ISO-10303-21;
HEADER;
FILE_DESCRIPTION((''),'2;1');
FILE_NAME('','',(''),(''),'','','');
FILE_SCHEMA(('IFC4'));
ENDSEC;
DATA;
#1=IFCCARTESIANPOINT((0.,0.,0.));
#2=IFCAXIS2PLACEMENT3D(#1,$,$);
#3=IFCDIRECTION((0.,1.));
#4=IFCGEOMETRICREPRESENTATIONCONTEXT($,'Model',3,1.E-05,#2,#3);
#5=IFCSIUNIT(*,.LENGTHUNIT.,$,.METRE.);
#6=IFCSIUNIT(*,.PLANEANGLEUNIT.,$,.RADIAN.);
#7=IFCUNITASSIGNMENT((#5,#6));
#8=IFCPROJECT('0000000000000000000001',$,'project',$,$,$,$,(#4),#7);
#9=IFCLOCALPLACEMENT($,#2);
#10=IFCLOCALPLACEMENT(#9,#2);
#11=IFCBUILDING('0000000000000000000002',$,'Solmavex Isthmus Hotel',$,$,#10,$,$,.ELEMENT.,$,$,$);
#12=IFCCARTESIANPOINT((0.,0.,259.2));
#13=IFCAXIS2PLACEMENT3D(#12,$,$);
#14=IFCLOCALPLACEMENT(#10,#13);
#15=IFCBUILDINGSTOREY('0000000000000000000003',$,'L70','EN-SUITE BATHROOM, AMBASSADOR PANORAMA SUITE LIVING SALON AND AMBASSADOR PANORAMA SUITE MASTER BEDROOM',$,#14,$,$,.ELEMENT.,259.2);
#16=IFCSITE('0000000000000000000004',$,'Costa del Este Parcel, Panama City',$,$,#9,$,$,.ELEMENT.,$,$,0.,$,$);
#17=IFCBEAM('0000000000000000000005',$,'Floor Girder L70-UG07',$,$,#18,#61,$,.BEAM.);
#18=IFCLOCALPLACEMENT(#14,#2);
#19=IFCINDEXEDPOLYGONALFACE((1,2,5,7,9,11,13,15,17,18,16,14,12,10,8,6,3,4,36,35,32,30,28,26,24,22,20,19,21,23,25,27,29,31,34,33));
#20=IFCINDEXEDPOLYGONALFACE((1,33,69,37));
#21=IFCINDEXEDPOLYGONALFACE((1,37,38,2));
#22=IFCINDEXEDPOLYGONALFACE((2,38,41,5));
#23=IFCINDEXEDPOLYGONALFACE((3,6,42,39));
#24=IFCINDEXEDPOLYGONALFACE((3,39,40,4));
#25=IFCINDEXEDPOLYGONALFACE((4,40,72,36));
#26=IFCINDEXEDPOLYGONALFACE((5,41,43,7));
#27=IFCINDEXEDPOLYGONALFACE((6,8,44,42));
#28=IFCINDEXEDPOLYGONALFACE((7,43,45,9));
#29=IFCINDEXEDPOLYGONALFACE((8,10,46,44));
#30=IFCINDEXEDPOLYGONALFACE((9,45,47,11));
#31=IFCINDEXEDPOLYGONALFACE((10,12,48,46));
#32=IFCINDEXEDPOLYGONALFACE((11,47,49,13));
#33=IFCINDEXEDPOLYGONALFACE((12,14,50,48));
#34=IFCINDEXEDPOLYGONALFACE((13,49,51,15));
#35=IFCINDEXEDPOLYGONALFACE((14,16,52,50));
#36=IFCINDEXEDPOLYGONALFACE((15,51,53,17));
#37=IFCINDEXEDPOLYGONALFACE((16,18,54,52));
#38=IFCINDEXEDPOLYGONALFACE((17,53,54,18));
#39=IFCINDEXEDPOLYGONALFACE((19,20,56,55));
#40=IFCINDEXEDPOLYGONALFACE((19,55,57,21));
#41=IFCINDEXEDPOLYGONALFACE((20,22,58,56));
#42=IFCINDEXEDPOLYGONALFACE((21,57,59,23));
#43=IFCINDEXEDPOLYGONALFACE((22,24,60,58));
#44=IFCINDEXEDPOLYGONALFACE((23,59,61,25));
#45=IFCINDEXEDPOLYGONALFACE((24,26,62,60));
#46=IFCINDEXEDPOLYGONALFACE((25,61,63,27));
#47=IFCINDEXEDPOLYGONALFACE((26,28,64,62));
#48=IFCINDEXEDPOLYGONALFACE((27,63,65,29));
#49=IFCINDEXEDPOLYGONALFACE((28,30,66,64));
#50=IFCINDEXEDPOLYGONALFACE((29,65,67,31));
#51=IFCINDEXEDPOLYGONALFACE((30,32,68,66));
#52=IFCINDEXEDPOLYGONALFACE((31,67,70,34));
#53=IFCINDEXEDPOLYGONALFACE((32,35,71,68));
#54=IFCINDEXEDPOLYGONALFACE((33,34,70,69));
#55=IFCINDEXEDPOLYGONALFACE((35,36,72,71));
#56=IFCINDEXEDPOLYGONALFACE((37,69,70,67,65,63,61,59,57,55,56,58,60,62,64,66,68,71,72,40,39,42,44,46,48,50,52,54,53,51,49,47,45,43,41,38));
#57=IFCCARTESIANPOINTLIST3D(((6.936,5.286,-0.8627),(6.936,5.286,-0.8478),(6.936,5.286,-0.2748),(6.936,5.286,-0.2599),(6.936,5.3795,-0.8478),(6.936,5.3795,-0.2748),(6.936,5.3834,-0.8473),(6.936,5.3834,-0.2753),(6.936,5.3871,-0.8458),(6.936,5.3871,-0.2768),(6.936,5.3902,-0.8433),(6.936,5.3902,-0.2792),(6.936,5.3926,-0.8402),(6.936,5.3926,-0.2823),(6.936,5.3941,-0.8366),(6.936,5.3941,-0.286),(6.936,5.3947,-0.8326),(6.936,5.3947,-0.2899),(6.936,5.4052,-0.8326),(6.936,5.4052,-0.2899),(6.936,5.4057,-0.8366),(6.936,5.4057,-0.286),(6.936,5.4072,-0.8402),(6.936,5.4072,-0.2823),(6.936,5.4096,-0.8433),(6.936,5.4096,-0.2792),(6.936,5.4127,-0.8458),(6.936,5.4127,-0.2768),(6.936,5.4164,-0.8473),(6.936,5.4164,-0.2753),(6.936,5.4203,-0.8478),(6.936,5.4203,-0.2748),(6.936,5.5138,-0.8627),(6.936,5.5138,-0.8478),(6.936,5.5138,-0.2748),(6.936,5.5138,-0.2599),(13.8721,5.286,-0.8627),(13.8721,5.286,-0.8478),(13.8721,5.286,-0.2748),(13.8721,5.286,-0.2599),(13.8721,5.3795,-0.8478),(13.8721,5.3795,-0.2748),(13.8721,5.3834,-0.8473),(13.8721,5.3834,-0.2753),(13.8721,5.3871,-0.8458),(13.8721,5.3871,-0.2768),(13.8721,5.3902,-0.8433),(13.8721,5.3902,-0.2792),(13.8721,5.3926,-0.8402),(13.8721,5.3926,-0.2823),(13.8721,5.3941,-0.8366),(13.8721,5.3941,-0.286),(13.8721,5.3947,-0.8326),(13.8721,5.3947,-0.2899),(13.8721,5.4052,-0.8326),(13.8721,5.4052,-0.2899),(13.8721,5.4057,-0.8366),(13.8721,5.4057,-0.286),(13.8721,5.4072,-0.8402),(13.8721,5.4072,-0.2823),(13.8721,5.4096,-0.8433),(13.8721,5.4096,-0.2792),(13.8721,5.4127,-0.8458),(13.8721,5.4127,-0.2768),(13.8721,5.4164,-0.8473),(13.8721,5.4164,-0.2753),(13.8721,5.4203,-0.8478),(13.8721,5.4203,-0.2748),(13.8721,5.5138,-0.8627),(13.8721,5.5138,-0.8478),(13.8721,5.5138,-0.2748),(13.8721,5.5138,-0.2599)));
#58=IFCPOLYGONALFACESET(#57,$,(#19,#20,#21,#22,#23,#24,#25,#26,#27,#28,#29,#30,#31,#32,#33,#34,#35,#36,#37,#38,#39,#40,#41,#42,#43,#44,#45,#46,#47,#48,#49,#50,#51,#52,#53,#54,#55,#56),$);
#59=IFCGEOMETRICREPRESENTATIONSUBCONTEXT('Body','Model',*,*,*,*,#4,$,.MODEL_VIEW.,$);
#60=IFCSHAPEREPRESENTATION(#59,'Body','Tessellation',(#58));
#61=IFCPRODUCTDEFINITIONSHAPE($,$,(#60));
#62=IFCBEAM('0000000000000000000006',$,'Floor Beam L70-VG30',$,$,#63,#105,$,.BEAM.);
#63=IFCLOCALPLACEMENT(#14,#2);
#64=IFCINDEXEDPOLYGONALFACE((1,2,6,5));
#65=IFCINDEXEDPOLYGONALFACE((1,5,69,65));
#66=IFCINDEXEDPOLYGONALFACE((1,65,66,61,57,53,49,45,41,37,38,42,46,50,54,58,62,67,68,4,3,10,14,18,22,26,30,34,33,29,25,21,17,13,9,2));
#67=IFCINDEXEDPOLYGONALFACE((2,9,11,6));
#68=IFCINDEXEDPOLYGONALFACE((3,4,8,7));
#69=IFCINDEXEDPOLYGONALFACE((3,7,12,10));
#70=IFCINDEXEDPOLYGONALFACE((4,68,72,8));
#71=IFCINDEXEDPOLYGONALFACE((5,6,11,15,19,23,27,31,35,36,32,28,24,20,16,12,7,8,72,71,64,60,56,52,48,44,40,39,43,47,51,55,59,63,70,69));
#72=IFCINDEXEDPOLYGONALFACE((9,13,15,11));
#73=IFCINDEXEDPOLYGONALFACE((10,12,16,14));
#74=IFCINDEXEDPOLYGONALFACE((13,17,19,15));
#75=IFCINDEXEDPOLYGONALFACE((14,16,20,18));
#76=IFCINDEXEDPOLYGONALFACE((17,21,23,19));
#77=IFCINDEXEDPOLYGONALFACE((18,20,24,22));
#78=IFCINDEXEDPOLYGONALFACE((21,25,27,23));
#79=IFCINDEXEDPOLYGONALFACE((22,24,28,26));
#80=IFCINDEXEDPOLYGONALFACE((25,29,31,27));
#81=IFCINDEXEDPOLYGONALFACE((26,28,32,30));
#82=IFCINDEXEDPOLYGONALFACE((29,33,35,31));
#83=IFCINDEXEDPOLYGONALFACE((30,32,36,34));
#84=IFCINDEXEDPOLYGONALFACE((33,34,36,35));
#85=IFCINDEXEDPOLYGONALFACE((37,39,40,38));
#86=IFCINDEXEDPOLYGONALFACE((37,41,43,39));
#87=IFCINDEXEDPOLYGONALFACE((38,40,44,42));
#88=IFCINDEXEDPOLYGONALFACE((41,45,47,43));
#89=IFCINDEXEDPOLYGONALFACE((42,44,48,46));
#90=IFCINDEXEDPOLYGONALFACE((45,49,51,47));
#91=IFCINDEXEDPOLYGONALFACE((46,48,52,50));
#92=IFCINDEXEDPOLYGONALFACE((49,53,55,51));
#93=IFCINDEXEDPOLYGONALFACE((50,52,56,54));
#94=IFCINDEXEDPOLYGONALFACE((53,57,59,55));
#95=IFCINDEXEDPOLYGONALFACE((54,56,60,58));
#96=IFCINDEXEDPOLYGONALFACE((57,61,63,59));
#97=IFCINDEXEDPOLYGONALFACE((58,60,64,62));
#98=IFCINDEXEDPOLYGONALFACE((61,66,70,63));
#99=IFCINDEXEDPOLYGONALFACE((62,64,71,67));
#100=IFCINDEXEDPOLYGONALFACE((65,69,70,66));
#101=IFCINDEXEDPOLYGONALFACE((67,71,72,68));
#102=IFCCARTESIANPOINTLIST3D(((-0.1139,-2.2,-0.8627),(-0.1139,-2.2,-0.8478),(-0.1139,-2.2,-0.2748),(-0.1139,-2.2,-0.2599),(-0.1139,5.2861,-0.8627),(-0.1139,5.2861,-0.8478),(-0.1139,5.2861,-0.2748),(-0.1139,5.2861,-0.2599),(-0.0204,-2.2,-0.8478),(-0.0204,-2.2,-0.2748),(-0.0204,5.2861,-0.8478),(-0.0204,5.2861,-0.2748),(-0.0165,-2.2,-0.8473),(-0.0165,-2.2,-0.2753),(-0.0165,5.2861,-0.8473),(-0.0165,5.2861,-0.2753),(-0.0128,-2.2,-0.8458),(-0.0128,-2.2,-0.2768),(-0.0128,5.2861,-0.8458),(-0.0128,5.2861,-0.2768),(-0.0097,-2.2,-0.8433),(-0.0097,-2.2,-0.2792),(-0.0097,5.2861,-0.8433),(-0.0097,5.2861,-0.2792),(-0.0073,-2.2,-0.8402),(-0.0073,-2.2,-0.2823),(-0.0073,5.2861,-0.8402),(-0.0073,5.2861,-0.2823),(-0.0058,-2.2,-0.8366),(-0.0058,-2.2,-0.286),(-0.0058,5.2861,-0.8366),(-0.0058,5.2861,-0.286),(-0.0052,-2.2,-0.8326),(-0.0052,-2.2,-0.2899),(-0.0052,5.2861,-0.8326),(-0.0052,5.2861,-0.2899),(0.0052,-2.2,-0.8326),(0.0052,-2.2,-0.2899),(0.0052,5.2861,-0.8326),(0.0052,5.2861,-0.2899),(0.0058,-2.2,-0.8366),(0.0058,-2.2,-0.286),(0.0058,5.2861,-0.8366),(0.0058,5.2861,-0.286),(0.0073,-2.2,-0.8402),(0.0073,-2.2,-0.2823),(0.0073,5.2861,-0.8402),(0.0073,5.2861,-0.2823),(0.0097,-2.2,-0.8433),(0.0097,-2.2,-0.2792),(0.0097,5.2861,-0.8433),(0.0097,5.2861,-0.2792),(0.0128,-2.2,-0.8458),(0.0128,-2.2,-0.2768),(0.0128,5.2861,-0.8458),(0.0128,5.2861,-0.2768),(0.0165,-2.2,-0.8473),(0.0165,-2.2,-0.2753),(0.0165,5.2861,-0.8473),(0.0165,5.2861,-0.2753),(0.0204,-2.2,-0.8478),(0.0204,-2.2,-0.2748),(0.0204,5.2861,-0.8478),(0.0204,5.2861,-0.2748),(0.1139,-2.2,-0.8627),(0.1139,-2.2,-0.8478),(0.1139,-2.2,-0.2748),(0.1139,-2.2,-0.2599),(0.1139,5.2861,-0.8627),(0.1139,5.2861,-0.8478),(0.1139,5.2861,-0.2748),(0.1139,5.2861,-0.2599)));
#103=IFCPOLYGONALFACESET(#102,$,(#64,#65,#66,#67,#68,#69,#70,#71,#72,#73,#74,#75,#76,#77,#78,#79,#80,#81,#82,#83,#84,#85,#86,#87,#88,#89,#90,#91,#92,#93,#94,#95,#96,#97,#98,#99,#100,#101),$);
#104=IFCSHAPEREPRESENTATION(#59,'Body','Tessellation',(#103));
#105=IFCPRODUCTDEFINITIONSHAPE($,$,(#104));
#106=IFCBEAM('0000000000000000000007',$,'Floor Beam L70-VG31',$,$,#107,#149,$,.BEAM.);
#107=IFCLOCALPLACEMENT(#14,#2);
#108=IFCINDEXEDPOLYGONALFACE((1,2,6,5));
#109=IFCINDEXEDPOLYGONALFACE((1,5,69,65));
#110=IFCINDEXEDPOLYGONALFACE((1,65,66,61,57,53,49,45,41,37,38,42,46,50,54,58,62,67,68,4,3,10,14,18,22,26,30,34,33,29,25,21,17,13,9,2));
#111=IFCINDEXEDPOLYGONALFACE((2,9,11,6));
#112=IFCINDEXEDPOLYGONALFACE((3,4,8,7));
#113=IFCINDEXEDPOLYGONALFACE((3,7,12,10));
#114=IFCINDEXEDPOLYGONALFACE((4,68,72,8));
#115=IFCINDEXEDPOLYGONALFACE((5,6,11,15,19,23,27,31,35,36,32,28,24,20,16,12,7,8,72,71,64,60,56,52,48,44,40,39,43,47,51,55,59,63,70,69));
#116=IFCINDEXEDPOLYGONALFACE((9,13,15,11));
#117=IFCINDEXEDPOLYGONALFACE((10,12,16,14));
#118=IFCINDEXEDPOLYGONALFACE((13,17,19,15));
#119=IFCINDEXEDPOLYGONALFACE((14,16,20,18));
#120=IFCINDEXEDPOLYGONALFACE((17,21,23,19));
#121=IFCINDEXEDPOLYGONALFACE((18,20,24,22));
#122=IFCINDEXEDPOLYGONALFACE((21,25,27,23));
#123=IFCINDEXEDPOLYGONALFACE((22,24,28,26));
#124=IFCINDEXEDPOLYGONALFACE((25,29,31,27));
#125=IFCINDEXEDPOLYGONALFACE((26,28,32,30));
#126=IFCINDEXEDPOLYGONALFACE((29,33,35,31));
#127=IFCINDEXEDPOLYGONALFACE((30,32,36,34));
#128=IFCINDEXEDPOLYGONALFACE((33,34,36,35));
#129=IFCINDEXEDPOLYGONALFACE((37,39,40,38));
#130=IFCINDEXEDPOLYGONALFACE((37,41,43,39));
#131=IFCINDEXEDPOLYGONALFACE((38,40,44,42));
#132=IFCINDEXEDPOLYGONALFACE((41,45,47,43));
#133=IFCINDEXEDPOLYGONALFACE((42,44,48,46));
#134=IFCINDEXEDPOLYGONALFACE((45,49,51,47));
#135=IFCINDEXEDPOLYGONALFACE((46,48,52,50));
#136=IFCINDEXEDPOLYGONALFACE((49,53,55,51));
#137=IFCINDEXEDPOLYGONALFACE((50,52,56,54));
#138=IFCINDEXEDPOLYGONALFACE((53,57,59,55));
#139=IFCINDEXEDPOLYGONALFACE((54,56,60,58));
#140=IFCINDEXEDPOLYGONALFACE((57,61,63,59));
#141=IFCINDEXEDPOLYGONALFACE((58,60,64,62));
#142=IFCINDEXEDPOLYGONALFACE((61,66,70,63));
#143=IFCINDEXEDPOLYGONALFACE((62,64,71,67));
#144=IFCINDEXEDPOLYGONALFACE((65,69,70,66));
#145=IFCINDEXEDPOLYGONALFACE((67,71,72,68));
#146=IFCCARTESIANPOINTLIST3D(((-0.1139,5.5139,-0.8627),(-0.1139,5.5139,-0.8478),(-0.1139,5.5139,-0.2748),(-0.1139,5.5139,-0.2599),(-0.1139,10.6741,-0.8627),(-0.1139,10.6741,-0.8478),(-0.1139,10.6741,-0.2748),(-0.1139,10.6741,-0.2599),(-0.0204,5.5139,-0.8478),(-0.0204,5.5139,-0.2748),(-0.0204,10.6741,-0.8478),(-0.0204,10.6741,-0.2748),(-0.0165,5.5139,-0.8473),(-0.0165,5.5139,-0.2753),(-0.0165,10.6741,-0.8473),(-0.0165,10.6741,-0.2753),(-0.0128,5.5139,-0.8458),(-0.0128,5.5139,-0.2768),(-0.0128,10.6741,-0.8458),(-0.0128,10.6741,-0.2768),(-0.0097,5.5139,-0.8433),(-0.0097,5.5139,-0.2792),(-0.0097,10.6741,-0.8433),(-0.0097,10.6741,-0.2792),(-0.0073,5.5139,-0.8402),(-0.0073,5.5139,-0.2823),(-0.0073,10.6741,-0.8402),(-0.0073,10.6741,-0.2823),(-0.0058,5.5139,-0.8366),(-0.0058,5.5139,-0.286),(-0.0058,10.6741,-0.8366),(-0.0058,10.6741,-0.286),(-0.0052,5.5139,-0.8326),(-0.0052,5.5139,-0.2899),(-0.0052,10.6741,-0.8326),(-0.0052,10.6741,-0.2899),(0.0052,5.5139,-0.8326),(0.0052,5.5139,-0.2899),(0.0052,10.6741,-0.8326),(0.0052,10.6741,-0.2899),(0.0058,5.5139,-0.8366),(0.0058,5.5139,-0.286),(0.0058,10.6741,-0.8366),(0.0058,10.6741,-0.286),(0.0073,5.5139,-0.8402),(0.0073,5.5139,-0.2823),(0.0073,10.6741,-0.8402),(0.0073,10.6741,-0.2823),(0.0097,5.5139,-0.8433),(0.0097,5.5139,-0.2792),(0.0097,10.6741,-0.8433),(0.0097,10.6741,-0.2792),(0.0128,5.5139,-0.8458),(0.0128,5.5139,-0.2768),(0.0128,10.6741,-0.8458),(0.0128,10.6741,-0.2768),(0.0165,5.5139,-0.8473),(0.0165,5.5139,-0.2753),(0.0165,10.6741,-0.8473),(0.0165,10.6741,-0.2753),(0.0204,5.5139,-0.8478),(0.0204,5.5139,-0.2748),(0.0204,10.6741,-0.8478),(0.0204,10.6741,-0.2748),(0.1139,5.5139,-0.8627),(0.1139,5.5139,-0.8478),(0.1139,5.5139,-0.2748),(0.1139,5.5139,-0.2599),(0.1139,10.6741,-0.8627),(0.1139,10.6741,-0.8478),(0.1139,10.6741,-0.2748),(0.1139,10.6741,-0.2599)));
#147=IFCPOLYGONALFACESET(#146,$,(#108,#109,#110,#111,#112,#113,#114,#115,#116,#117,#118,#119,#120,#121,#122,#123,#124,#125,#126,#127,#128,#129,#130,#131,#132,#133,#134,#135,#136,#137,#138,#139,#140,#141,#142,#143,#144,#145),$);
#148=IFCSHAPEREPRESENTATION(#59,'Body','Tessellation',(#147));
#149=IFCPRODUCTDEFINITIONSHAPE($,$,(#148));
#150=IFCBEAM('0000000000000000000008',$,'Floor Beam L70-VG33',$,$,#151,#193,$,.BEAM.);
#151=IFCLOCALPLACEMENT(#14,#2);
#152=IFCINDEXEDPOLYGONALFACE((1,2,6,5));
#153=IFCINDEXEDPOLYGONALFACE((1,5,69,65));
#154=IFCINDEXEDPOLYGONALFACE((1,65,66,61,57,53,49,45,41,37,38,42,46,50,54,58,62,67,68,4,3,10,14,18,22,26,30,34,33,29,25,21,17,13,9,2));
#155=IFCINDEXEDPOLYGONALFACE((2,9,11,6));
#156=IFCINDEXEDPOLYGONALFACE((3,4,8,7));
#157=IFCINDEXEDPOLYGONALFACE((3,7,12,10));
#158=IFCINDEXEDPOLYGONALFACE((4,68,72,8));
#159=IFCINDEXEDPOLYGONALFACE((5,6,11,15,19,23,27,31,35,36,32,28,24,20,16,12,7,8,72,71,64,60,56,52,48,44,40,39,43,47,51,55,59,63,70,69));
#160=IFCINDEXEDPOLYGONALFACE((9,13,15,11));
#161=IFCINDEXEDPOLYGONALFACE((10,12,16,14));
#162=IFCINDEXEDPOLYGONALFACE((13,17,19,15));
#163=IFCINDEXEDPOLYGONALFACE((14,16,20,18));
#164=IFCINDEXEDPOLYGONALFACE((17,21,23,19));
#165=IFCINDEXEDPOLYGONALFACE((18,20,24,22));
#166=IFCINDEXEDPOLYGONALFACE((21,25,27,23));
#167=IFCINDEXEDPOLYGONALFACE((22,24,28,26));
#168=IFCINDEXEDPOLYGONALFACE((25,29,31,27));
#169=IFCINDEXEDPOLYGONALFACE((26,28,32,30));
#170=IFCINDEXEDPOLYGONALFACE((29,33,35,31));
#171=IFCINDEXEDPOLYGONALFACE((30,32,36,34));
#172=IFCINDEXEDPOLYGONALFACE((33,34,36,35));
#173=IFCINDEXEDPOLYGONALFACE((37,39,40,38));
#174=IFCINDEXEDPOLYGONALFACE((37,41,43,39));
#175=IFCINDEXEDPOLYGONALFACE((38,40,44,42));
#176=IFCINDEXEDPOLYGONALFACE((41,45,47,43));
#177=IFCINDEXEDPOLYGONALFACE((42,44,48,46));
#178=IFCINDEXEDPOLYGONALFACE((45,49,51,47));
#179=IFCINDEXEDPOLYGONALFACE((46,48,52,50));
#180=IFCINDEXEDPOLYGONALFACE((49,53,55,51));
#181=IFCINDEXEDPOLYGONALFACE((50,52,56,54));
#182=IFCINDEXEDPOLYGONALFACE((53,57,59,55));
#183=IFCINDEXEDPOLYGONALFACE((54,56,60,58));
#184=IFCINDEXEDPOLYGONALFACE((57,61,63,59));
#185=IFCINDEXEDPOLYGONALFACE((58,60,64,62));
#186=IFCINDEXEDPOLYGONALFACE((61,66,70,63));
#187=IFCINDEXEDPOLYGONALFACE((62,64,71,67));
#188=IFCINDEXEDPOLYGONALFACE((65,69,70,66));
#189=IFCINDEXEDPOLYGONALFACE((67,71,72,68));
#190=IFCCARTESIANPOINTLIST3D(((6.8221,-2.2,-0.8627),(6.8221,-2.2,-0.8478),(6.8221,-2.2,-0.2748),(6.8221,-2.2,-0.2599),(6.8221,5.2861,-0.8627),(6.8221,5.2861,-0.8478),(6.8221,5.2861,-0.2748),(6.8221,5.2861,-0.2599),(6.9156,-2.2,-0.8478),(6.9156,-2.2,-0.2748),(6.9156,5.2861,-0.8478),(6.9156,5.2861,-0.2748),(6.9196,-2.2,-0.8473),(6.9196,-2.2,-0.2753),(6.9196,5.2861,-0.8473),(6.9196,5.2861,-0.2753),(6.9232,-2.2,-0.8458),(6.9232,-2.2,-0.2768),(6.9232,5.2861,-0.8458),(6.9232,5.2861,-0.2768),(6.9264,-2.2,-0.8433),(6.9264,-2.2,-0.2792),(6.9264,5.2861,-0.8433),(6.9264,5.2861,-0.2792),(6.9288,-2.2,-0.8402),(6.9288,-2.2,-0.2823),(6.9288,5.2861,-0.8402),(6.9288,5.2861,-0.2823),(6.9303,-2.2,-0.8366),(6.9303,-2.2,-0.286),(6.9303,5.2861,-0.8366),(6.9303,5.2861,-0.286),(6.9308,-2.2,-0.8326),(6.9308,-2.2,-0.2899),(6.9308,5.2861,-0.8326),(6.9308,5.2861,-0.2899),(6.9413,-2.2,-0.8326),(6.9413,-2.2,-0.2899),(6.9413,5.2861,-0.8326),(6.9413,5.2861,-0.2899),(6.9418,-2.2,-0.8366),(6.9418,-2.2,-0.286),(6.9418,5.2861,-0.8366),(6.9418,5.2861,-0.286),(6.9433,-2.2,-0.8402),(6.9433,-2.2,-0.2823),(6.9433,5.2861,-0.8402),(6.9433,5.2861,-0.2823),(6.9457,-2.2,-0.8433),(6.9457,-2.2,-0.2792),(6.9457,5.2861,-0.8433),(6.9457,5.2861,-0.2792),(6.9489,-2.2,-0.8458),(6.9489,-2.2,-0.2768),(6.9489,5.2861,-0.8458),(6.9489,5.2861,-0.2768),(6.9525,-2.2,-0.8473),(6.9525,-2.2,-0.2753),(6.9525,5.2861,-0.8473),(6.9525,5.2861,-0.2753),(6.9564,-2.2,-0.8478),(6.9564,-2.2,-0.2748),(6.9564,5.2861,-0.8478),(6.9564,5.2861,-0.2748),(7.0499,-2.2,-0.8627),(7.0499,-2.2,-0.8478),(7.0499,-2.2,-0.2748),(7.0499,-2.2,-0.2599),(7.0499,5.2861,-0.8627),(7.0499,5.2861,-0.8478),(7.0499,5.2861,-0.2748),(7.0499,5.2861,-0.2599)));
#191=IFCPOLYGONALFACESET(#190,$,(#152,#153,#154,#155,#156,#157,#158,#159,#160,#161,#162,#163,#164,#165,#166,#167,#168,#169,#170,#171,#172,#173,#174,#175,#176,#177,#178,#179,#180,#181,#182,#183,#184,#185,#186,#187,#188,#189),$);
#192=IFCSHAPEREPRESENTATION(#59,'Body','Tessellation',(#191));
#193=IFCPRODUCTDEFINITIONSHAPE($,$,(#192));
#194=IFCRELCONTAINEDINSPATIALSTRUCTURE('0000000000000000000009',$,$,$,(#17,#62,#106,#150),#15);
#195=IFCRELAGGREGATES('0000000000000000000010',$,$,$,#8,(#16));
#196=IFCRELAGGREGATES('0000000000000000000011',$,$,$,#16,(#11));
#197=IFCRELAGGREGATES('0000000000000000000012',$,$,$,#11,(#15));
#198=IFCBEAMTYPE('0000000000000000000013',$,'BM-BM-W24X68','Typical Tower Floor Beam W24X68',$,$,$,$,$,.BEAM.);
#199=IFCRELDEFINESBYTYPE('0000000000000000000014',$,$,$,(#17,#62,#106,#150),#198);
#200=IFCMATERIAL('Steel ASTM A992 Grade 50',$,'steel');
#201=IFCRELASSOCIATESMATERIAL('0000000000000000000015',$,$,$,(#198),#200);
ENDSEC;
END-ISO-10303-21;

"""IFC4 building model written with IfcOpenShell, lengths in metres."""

from ifc_helpers import new_model, si_unit, direction, frame, origin, origin_2d, place, context, subcontext, project, spatial, i_section, extrude, material, material_profile, profile_set, type_object, element, save


model = new_model("IFC4")

# Units and contexts
model_context = context("Model", 3, precision=1e-05, world=origin(), true_north=direction((0.0, 1.0)))
body_context = subcontext(model_context, "Body", "Model", "MODEL_VIEW")
ifc_project = project(units=[si_unit("LENGTHUNIT", "METRE"), si_unit("PLANEANGLEUNIT", "RADIAN")], contexts=[model_context])

# Site, building, storey
site_placement = place(None, origin())
site = spatial("IfcSite", under=ifc_project, at=site_placement, Name="Costa del Este Parcel, Panama City", CompositionType="ELEMENT", RefElevation=0.0)
building_placement = place(site_placement, origin())
building = spatial("IfcBuilding", under=site, at=building_placement, Name="Solmavex Isthmus Hotel", CompositionType="ELEMENT")
storey_placement = place(building_placement, frame((0.0, 0.0, 259.2)))
storey = spatial("IfcBuildingStorey", under=building, at=storey_placement, Name="L70", Description="EN-SUITE BATHROOM, AMBASSADOR PANORAMA SUITE LIVING SALON AND AMBASSADOR PANORAMA SUITE MASTER BEDROOM", CompositionType="ELEMENT", Elevation=259.2)

# Beams
ifc_material_1 = material(Name="Steel ASTM A992 Grade 50", Category="steel")
ifc_material_profile_1 = material_profile(ifc_material_1, i_section(OverallWidth=0.2278, OverallDepth=0.6028, WebThickness=0.0105, FlangeThickness=0.0149, FilletRadius=0.0151, at=origin_2d()), Name="W24X68")
ifc_profile_set_1 = profile_set([ifc_material_profile_1], Name="Steel ASTM A992 Grade 50")
beam_type_1 = type_object("IfcBeamType", Name="BM-BM-W24X68", Description="Typical Tower Floor Beam W24X68", PredefinedType="BEAM", material=ifc_profile_set_1)
for number, where, z_axis, x_axis, name in (
    (1, (6.936, 5.3999, -0.5613), (1.0, 0.0, 0.0), (0.0, 1.0, 0.0), "Floor Girder L70-UG07"),
):
    element("IfcBeam", number, at=place(storey_placement, frame(where, z_axis=z_axis, x_axis=x_axis)), inside=storey, type_object=beam_type_1, Name=name, PredefinedType="BEAM", context=body_context, shape_type="SweptSolid", body=[
        extrude(i_section(OverallWidth=0.2278, OverallDepth=0.6028, WebThickness=0.0105, FlangeThickness=0.0149, FilletRadius=0.0151, at=origin_2d()), origin(), (0.0, 0.0, 1.0), 6.936),
    ])
beam_1_placement = place(storey_placement, frame((0.0, -2.2, -0.5613), z_axis=(0.0, 1.0, 0.0), x_axis=(-1.0, 0.0, 0.0)))
element("IfcBeam", 2, at=beam_1_placement, inside=storey, type_object=beam_type_1, Name="Floor Beam L70-VG30", PredefinedType="BEAM", context=body_context, shape_type="SweptSolid", body=[
    extrude(i_section(OverallWidth=0.2278, OverallDepth=0.6028, WebThickness=0.0105, FlangeThickness=0.0149, FilletRadius=0.0151, at=origin_2d()), origin(), (0.0, 0.0, 1.0), 7.4861),
])
beam_2_placement = place(storey_placement, frame((0.0, 5.5139, -0.5613), z_axis=(0.0, 1.0, 0.0), x_axis=(-1.0, 0.0, 0.0)))
element("IfcBeam", 3, at=beam_2_placement, inside=storey, type_object=beam_type_1, Name="Floor Beam L70-VG31", PredefinedType="BEAM", context=body_context, shape_type="SweptSolid", body=[
    extrude(i_section(OverallWidth=0.2278, OverallDepth=0.6028, WebThickness=0.0105, FlangeThickness=0.0149, FilletRadius=0.0151, at=origin_2d()), origin(), (0.0, 0.0, 1.0), 5.1602),
])
beam_3_placement = place(storey_placement, frame((6.936, -2.2, -0.5613), z_axis=(0.0, 1.0, 0.0), x_axis=(-1.0, 0.0, 0.0)))
element("IfcBeam", 4, at=beam_3_placement, inside=storey, type_object=beam_type_1, Name="Floor Beam L70-VG33", PredefinedType="BEAM", context=body_context, shape_type="SweptSolid", body=[
    extrude(i_section(OverallWidth=0.2278, OverallDepth=0.6028, WebThickness=0.0105, FlangeThickness=0.0149, FilletRadius=0.0151, at=origin_2d()), origin(), (0.0, 0.0, 1.0), 7.4861),
])

save(model, "model.ifc")
